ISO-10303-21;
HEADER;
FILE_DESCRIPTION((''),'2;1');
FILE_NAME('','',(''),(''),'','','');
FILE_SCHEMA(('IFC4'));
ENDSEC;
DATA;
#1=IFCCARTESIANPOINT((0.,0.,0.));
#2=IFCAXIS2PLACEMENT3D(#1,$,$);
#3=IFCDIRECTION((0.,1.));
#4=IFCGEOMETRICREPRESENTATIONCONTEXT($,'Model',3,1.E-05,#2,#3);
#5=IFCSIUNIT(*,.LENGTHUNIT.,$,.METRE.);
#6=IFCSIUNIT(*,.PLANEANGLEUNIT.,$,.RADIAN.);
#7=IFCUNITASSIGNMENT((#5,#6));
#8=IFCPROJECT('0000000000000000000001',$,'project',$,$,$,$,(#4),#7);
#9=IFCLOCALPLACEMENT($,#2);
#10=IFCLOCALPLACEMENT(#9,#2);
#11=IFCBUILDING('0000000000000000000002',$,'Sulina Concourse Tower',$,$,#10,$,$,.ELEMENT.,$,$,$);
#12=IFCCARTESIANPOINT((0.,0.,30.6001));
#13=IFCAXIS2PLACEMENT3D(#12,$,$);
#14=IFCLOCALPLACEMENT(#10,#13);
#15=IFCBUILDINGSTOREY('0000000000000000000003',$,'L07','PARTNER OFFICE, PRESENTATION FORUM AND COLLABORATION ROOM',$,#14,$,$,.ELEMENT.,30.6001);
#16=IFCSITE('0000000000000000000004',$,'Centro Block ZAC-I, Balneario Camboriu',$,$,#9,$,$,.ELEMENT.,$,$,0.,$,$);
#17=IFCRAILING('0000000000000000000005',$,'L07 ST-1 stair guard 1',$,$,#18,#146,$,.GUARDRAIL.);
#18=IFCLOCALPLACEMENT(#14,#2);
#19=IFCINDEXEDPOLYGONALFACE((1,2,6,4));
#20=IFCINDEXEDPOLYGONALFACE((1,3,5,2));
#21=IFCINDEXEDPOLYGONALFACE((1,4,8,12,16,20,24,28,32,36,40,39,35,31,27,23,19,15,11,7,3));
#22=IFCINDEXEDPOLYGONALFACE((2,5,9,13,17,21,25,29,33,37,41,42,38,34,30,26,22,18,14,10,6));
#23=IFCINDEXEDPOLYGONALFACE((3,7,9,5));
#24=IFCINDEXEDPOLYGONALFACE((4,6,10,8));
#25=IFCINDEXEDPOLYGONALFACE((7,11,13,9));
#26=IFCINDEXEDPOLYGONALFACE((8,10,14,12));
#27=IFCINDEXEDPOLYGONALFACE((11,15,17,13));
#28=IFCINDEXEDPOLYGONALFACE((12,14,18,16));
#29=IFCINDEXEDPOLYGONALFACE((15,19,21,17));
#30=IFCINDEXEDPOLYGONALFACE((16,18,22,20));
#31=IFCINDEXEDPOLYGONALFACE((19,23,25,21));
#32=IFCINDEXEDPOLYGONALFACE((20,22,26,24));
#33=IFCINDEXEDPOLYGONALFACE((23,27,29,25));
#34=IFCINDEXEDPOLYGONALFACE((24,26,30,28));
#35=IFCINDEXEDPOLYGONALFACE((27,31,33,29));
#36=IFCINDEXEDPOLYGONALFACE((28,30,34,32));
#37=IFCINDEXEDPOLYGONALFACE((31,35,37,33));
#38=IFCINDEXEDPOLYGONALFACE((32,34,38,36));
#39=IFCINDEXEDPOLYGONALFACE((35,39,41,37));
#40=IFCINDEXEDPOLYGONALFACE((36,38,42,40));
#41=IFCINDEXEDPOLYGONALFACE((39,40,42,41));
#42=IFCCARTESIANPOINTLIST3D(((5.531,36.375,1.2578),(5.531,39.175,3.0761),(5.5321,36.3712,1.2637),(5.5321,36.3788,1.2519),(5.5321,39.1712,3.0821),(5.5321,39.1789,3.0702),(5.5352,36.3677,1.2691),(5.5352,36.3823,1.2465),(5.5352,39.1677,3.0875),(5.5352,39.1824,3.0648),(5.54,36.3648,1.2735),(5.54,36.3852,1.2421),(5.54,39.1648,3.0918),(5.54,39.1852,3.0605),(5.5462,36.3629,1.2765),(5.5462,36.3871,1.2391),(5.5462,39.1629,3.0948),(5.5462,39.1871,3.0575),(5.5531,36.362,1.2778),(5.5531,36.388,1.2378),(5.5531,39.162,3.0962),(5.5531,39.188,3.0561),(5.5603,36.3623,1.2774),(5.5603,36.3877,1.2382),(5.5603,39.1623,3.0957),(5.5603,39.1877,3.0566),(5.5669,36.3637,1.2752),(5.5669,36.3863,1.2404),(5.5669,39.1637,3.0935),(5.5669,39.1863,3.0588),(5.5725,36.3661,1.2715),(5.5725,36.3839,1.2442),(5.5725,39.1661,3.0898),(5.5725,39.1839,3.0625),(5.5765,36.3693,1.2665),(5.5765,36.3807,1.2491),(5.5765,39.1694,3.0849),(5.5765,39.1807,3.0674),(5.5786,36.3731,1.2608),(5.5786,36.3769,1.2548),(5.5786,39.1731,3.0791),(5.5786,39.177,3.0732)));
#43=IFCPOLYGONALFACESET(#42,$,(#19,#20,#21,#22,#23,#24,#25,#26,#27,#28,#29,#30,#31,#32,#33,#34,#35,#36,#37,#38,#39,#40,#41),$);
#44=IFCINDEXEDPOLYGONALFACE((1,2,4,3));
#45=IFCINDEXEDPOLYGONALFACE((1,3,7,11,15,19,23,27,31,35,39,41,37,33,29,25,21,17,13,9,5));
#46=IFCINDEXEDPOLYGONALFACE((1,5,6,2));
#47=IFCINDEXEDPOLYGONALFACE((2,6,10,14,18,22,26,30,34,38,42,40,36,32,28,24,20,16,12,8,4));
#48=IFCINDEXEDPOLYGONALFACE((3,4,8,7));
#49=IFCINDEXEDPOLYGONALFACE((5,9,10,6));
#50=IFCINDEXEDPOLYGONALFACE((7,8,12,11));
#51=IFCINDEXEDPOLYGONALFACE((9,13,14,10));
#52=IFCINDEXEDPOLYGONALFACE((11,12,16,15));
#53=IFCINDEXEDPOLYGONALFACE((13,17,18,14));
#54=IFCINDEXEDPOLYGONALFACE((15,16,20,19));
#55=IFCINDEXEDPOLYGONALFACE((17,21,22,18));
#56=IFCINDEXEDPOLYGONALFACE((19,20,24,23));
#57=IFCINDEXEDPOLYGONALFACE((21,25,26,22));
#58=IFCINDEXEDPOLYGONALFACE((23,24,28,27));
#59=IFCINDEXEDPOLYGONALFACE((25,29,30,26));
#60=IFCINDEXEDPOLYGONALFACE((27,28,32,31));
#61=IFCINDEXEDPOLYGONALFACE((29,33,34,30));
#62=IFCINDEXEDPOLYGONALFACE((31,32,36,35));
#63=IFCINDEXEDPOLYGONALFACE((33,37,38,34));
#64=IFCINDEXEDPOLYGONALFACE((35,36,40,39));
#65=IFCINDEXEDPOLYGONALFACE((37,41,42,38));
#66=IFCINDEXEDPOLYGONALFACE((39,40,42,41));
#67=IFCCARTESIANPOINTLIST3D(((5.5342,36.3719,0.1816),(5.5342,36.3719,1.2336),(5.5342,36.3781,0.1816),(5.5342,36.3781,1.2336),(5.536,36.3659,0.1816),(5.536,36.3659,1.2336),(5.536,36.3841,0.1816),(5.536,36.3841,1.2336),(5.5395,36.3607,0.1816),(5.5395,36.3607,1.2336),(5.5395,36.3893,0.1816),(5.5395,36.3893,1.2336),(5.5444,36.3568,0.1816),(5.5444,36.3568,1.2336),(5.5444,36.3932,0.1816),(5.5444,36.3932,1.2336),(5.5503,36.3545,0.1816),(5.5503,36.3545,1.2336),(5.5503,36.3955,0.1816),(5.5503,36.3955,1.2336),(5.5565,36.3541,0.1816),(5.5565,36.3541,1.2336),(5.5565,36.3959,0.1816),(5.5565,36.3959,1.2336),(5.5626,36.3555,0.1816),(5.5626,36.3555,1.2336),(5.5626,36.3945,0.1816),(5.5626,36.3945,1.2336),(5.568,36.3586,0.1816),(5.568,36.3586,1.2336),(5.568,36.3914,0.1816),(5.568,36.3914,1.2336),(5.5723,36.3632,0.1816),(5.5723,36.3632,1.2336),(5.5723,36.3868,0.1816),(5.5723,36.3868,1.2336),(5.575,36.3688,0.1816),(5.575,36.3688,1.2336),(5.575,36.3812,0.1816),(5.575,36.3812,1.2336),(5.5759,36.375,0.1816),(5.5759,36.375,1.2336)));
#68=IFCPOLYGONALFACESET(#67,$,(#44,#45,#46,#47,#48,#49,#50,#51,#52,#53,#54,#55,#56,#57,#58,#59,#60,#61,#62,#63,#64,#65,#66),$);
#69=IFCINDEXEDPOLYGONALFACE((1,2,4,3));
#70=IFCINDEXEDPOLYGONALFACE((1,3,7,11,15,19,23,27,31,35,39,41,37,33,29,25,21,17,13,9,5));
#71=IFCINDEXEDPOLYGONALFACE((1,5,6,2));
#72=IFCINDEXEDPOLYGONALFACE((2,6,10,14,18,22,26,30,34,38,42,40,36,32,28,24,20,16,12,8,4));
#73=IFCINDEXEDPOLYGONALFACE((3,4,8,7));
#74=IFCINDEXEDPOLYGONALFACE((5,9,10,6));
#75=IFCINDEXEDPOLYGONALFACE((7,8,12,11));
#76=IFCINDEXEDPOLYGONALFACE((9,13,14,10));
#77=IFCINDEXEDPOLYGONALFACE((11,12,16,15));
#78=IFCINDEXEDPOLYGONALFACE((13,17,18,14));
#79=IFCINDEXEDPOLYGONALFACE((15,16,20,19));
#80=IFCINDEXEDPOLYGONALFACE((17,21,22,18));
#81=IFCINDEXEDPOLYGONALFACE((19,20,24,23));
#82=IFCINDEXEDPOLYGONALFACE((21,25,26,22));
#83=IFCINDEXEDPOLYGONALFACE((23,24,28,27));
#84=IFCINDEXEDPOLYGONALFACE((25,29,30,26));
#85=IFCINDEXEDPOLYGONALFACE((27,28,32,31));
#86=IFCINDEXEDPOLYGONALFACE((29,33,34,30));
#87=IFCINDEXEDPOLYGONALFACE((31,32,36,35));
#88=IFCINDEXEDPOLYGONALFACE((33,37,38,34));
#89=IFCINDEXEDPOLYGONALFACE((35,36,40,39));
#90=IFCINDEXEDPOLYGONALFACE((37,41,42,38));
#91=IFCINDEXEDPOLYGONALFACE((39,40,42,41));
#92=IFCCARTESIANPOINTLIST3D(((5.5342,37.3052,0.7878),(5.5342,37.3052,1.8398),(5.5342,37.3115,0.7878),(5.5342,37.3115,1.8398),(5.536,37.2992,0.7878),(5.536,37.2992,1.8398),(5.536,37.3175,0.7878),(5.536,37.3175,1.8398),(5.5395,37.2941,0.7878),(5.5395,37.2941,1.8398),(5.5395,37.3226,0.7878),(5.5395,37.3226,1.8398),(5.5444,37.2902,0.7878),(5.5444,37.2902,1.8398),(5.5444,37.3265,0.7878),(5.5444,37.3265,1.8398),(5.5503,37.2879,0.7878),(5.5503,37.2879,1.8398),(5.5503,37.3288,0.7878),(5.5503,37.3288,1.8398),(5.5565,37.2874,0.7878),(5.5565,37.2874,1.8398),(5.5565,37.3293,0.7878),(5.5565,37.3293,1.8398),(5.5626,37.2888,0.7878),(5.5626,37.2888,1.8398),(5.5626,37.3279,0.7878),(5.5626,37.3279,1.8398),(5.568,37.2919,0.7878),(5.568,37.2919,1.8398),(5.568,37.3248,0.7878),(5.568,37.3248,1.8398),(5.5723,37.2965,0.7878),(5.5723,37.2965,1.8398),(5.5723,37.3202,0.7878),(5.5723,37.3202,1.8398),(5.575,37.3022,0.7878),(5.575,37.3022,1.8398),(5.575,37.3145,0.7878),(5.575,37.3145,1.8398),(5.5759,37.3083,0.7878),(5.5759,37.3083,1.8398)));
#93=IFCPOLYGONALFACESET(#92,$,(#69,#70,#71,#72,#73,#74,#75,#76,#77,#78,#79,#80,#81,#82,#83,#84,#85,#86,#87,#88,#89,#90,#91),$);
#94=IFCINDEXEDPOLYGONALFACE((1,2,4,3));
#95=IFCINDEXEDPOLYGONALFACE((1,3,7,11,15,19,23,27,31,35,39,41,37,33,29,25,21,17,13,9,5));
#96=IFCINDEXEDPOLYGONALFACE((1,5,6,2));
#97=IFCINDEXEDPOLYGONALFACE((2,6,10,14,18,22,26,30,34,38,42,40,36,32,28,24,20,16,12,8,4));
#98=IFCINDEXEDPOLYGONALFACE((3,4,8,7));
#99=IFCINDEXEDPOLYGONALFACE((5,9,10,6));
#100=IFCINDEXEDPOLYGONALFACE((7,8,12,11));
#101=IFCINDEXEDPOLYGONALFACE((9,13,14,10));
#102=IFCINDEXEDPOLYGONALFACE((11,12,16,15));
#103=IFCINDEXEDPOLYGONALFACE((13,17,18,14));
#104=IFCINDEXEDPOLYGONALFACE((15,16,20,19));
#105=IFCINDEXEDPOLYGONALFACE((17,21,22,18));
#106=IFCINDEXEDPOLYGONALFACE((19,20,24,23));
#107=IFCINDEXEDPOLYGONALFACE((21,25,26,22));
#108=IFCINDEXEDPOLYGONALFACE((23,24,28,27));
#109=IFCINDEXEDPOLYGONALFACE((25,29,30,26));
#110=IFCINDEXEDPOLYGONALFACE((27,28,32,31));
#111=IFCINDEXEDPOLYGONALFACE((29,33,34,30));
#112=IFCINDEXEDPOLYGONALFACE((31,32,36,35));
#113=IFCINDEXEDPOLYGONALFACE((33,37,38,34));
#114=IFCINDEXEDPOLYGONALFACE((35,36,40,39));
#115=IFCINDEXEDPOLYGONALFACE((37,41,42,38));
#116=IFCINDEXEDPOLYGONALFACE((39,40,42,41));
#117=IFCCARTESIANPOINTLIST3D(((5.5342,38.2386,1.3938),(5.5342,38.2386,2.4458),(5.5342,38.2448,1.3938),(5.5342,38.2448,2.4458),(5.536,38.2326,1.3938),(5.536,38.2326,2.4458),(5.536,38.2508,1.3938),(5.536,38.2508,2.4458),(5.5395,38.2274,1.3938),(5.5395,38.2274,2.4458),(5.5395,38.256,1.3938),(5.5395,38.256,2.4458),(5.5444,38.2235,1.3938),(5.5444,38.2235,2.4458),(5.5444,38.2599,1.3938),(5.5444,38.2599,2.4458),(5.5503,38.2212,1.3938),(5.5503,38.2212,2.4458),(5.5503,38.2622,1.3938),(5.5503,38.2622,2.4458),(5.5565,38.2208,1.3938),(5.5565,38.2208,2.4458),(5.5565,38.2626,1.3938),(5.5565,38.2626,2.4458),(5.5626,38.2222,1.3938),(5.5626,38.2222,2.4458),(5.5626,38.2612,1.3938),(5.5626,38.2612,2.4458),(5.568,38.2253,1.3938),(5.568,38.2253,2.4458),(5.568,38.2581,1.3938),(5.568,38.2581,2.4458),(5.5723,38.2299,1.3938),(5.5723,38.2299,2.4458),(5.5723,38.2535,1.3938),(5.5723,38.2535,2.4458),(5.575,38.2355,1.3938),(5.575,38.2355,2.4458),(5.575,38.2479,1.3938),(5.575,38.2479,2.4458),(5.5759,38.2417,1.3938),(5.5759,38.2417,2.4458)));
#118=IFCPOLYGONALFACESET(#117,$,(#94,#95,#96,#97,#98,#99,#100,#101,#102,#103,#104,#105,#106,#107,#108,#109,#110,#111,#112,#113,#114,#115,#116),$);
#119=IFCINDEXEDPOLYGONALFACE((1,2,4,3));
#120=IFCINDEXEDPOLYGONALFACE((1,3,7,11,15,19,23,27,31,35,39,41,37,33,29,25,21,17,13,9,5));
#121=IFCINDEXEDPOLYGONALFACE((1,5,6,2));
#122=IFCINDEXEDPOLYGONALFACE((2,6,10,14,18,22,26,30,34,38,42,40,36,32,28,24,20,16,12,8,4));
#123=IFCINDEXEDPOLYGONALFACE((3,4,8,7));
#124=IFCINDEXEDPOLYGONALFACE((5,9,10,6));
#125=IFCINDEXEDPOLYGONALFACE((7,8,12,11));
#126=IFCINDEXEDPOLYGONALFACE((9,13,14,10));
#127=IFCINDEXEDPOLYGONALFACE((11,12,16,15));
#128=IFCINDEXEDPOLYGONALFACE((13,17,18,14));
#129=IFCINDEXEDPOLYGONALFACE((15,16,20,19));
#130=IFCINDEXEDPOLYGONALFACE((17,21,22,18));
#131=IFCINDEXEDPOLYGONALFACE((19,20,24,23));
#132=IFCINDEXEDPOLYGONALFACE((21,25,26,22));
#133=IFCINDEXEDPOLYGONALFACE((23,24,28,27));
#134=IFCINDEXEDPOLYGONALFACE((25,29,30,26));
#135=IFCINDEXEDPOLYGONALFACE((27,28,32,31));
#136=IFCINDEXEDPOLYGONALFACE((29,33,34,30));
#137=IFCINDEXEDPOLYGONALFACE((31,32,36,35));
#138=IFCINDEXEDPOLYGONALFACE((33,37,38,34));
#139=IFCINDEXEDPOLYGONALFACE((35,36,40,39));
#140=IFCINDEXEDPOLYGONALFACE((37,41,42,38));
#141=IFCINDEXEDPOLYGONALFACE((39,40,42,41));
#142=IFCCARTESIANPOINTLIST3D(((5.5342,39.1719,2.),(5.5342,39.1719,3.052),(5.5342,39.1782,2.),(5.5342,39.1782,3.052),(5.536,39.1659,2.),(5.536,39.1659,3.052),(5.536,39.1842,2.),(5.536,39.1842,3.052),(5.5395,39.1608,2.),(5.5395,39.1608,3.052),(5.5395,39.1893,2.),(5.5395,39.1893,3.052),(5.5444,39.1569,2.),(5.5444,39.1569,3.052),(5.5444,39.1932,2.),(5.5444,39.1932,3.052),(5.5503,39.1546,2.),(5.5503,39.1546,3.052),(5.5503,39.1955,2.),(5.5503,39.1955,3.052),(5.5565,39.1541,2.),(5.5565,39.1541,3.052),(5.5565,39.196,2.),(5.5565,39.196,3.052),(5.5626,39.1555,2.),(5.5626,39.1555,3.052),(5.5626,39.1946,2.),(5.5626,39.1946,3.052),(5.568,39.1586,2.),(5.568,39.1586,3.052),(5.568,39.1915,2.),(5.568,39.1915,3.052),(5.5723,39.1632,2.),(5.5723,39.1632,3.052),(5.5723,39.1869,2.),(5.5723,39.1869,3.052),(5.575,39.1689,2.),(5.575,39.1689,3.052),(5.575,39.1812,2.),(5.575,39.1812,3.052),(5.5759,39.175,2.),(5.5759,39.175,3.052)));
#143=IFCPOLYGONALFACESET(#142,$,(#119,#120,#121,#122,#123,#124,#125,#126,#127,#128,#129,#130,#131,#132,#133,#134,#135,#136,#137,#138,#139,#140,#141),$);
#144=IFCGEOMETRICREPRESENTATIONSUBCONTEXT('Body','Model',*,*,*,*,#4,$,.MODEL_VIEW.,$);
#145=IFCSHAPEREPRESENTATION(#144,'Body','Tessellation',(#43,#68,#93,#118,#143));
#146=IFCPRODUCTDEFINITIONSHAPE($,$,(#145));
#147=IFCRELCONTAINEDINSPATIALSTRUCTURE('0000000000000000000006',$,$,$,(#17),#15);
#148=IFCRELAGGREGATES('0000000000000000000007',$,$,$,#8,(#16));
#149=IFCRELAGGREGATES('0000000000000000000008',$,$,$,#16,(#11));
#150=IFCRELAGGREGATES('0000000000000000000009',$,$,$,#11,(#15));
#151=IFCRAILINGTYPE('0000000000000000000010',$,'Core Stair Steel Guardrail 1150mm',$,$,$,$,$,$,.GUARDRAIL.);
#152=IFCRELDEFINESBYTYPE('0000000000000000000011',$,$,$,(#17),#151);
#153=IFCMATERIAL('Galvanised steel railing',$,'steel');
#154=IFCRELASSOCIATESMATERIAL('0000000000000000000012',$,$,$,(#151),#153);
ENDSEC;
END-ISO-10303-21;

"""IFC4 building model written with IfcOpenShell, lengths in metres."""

from ifc_helpers import new_model, si_unit, direction, frame, origin, origin_2d, place, context, subcontext, project, spatial, circle, extrude, material, type_object, element, save


model = new_model("IFC4")

# Units and contexts
model_context = context("Model", 3, precision=1e-05, world=origin(), true_north=direction((0.0, 1.0)))
body_context = subcontext(model_context, "Body", "Model", "MODEL_VIEW")
ifc_project = project(units=[si_unit("LENGTHUNIT", "METRE"), si_unit("PLANEANGLEUNIT", "RADIAN")], contexts=[model_context])

# Site, building, storey
site_placement = place(None, origin())
site = spatial("IfcSite", under=ifc_project, at=site_placement, Name="Centro Block ZAC-I, Balneario Camboriu", CompositionType="ELEMENT", RefElevation=0.0)
building_placement = place(site_placement, origin())
building = spatial("IfcBuilding", under=site, at=building_placement, Name="Sulina Concourse Tower", CompositionType="ELEMENT")
storey_placement = place(building_placement, frame((0.0, 0.0, 30.6001)))
storey = spatial("IfcBuildingStorey", under=building, at=storey_placement, Name="L07", Description="PARTNER OFFICE, PRESENTATION FORUM AND COLLABORATION ROOM", CompositionType="ELEMENT", Elevation=30.6001)

# Railing
ifc_material_1 = material(Name="Galvanised steel railing", Category="steel")
railing_type_1 = type_object("IfcRailingType", Name="Core Stair Steel Guardrail 1150mm", PredefinedType="GUARDRAIL", material=ifc_material_1)
railing_1_placement = place(storey_placement, frame((5.5549, 36.375, 0.1816)))
element("IfcRailing", 1, at=railing_1_placement, inside=storey, type_object=railing_type_1, Name="L07 ST-1 stair guard 1", PredefinedType="GUARDRAIL", context=body_context, shape_type="SweptSolid", body=[
    extrude(circle(Radius=0.0239, at=origin_2d()), frame((0.0, 0.0, 1.0762), z_axis=(0.0, 0.838672, 0.544636), x_axis=(-1.0, 0.0, 0.0)), (0.0, 0.0, 1.0), 3.3386),
    extrude(circle(Radius=0.021, at=origin_2d()), origin(), (0.0, 0.0, 1.0), 1.052),
    extrude(circle(Radius=0.021, at=origin_2d()), frame((0.0, 0.9333, 0.6062)), (0.0, 0.0, 1.0), 1.052),
    extrude(circle(Radius=0.021, at=origin_2d()), frame((0.0, 1.8667, 1.2122)), (0.0, 0.0, 1.0), 1.052),
    extrude(circle(Radius=0.021, at=origin_2d()), frame((0.0, 2.8, 1.8184)), (0.0, 0.0, 1.0), 1.052),
])

save(model, "model.ifc")
